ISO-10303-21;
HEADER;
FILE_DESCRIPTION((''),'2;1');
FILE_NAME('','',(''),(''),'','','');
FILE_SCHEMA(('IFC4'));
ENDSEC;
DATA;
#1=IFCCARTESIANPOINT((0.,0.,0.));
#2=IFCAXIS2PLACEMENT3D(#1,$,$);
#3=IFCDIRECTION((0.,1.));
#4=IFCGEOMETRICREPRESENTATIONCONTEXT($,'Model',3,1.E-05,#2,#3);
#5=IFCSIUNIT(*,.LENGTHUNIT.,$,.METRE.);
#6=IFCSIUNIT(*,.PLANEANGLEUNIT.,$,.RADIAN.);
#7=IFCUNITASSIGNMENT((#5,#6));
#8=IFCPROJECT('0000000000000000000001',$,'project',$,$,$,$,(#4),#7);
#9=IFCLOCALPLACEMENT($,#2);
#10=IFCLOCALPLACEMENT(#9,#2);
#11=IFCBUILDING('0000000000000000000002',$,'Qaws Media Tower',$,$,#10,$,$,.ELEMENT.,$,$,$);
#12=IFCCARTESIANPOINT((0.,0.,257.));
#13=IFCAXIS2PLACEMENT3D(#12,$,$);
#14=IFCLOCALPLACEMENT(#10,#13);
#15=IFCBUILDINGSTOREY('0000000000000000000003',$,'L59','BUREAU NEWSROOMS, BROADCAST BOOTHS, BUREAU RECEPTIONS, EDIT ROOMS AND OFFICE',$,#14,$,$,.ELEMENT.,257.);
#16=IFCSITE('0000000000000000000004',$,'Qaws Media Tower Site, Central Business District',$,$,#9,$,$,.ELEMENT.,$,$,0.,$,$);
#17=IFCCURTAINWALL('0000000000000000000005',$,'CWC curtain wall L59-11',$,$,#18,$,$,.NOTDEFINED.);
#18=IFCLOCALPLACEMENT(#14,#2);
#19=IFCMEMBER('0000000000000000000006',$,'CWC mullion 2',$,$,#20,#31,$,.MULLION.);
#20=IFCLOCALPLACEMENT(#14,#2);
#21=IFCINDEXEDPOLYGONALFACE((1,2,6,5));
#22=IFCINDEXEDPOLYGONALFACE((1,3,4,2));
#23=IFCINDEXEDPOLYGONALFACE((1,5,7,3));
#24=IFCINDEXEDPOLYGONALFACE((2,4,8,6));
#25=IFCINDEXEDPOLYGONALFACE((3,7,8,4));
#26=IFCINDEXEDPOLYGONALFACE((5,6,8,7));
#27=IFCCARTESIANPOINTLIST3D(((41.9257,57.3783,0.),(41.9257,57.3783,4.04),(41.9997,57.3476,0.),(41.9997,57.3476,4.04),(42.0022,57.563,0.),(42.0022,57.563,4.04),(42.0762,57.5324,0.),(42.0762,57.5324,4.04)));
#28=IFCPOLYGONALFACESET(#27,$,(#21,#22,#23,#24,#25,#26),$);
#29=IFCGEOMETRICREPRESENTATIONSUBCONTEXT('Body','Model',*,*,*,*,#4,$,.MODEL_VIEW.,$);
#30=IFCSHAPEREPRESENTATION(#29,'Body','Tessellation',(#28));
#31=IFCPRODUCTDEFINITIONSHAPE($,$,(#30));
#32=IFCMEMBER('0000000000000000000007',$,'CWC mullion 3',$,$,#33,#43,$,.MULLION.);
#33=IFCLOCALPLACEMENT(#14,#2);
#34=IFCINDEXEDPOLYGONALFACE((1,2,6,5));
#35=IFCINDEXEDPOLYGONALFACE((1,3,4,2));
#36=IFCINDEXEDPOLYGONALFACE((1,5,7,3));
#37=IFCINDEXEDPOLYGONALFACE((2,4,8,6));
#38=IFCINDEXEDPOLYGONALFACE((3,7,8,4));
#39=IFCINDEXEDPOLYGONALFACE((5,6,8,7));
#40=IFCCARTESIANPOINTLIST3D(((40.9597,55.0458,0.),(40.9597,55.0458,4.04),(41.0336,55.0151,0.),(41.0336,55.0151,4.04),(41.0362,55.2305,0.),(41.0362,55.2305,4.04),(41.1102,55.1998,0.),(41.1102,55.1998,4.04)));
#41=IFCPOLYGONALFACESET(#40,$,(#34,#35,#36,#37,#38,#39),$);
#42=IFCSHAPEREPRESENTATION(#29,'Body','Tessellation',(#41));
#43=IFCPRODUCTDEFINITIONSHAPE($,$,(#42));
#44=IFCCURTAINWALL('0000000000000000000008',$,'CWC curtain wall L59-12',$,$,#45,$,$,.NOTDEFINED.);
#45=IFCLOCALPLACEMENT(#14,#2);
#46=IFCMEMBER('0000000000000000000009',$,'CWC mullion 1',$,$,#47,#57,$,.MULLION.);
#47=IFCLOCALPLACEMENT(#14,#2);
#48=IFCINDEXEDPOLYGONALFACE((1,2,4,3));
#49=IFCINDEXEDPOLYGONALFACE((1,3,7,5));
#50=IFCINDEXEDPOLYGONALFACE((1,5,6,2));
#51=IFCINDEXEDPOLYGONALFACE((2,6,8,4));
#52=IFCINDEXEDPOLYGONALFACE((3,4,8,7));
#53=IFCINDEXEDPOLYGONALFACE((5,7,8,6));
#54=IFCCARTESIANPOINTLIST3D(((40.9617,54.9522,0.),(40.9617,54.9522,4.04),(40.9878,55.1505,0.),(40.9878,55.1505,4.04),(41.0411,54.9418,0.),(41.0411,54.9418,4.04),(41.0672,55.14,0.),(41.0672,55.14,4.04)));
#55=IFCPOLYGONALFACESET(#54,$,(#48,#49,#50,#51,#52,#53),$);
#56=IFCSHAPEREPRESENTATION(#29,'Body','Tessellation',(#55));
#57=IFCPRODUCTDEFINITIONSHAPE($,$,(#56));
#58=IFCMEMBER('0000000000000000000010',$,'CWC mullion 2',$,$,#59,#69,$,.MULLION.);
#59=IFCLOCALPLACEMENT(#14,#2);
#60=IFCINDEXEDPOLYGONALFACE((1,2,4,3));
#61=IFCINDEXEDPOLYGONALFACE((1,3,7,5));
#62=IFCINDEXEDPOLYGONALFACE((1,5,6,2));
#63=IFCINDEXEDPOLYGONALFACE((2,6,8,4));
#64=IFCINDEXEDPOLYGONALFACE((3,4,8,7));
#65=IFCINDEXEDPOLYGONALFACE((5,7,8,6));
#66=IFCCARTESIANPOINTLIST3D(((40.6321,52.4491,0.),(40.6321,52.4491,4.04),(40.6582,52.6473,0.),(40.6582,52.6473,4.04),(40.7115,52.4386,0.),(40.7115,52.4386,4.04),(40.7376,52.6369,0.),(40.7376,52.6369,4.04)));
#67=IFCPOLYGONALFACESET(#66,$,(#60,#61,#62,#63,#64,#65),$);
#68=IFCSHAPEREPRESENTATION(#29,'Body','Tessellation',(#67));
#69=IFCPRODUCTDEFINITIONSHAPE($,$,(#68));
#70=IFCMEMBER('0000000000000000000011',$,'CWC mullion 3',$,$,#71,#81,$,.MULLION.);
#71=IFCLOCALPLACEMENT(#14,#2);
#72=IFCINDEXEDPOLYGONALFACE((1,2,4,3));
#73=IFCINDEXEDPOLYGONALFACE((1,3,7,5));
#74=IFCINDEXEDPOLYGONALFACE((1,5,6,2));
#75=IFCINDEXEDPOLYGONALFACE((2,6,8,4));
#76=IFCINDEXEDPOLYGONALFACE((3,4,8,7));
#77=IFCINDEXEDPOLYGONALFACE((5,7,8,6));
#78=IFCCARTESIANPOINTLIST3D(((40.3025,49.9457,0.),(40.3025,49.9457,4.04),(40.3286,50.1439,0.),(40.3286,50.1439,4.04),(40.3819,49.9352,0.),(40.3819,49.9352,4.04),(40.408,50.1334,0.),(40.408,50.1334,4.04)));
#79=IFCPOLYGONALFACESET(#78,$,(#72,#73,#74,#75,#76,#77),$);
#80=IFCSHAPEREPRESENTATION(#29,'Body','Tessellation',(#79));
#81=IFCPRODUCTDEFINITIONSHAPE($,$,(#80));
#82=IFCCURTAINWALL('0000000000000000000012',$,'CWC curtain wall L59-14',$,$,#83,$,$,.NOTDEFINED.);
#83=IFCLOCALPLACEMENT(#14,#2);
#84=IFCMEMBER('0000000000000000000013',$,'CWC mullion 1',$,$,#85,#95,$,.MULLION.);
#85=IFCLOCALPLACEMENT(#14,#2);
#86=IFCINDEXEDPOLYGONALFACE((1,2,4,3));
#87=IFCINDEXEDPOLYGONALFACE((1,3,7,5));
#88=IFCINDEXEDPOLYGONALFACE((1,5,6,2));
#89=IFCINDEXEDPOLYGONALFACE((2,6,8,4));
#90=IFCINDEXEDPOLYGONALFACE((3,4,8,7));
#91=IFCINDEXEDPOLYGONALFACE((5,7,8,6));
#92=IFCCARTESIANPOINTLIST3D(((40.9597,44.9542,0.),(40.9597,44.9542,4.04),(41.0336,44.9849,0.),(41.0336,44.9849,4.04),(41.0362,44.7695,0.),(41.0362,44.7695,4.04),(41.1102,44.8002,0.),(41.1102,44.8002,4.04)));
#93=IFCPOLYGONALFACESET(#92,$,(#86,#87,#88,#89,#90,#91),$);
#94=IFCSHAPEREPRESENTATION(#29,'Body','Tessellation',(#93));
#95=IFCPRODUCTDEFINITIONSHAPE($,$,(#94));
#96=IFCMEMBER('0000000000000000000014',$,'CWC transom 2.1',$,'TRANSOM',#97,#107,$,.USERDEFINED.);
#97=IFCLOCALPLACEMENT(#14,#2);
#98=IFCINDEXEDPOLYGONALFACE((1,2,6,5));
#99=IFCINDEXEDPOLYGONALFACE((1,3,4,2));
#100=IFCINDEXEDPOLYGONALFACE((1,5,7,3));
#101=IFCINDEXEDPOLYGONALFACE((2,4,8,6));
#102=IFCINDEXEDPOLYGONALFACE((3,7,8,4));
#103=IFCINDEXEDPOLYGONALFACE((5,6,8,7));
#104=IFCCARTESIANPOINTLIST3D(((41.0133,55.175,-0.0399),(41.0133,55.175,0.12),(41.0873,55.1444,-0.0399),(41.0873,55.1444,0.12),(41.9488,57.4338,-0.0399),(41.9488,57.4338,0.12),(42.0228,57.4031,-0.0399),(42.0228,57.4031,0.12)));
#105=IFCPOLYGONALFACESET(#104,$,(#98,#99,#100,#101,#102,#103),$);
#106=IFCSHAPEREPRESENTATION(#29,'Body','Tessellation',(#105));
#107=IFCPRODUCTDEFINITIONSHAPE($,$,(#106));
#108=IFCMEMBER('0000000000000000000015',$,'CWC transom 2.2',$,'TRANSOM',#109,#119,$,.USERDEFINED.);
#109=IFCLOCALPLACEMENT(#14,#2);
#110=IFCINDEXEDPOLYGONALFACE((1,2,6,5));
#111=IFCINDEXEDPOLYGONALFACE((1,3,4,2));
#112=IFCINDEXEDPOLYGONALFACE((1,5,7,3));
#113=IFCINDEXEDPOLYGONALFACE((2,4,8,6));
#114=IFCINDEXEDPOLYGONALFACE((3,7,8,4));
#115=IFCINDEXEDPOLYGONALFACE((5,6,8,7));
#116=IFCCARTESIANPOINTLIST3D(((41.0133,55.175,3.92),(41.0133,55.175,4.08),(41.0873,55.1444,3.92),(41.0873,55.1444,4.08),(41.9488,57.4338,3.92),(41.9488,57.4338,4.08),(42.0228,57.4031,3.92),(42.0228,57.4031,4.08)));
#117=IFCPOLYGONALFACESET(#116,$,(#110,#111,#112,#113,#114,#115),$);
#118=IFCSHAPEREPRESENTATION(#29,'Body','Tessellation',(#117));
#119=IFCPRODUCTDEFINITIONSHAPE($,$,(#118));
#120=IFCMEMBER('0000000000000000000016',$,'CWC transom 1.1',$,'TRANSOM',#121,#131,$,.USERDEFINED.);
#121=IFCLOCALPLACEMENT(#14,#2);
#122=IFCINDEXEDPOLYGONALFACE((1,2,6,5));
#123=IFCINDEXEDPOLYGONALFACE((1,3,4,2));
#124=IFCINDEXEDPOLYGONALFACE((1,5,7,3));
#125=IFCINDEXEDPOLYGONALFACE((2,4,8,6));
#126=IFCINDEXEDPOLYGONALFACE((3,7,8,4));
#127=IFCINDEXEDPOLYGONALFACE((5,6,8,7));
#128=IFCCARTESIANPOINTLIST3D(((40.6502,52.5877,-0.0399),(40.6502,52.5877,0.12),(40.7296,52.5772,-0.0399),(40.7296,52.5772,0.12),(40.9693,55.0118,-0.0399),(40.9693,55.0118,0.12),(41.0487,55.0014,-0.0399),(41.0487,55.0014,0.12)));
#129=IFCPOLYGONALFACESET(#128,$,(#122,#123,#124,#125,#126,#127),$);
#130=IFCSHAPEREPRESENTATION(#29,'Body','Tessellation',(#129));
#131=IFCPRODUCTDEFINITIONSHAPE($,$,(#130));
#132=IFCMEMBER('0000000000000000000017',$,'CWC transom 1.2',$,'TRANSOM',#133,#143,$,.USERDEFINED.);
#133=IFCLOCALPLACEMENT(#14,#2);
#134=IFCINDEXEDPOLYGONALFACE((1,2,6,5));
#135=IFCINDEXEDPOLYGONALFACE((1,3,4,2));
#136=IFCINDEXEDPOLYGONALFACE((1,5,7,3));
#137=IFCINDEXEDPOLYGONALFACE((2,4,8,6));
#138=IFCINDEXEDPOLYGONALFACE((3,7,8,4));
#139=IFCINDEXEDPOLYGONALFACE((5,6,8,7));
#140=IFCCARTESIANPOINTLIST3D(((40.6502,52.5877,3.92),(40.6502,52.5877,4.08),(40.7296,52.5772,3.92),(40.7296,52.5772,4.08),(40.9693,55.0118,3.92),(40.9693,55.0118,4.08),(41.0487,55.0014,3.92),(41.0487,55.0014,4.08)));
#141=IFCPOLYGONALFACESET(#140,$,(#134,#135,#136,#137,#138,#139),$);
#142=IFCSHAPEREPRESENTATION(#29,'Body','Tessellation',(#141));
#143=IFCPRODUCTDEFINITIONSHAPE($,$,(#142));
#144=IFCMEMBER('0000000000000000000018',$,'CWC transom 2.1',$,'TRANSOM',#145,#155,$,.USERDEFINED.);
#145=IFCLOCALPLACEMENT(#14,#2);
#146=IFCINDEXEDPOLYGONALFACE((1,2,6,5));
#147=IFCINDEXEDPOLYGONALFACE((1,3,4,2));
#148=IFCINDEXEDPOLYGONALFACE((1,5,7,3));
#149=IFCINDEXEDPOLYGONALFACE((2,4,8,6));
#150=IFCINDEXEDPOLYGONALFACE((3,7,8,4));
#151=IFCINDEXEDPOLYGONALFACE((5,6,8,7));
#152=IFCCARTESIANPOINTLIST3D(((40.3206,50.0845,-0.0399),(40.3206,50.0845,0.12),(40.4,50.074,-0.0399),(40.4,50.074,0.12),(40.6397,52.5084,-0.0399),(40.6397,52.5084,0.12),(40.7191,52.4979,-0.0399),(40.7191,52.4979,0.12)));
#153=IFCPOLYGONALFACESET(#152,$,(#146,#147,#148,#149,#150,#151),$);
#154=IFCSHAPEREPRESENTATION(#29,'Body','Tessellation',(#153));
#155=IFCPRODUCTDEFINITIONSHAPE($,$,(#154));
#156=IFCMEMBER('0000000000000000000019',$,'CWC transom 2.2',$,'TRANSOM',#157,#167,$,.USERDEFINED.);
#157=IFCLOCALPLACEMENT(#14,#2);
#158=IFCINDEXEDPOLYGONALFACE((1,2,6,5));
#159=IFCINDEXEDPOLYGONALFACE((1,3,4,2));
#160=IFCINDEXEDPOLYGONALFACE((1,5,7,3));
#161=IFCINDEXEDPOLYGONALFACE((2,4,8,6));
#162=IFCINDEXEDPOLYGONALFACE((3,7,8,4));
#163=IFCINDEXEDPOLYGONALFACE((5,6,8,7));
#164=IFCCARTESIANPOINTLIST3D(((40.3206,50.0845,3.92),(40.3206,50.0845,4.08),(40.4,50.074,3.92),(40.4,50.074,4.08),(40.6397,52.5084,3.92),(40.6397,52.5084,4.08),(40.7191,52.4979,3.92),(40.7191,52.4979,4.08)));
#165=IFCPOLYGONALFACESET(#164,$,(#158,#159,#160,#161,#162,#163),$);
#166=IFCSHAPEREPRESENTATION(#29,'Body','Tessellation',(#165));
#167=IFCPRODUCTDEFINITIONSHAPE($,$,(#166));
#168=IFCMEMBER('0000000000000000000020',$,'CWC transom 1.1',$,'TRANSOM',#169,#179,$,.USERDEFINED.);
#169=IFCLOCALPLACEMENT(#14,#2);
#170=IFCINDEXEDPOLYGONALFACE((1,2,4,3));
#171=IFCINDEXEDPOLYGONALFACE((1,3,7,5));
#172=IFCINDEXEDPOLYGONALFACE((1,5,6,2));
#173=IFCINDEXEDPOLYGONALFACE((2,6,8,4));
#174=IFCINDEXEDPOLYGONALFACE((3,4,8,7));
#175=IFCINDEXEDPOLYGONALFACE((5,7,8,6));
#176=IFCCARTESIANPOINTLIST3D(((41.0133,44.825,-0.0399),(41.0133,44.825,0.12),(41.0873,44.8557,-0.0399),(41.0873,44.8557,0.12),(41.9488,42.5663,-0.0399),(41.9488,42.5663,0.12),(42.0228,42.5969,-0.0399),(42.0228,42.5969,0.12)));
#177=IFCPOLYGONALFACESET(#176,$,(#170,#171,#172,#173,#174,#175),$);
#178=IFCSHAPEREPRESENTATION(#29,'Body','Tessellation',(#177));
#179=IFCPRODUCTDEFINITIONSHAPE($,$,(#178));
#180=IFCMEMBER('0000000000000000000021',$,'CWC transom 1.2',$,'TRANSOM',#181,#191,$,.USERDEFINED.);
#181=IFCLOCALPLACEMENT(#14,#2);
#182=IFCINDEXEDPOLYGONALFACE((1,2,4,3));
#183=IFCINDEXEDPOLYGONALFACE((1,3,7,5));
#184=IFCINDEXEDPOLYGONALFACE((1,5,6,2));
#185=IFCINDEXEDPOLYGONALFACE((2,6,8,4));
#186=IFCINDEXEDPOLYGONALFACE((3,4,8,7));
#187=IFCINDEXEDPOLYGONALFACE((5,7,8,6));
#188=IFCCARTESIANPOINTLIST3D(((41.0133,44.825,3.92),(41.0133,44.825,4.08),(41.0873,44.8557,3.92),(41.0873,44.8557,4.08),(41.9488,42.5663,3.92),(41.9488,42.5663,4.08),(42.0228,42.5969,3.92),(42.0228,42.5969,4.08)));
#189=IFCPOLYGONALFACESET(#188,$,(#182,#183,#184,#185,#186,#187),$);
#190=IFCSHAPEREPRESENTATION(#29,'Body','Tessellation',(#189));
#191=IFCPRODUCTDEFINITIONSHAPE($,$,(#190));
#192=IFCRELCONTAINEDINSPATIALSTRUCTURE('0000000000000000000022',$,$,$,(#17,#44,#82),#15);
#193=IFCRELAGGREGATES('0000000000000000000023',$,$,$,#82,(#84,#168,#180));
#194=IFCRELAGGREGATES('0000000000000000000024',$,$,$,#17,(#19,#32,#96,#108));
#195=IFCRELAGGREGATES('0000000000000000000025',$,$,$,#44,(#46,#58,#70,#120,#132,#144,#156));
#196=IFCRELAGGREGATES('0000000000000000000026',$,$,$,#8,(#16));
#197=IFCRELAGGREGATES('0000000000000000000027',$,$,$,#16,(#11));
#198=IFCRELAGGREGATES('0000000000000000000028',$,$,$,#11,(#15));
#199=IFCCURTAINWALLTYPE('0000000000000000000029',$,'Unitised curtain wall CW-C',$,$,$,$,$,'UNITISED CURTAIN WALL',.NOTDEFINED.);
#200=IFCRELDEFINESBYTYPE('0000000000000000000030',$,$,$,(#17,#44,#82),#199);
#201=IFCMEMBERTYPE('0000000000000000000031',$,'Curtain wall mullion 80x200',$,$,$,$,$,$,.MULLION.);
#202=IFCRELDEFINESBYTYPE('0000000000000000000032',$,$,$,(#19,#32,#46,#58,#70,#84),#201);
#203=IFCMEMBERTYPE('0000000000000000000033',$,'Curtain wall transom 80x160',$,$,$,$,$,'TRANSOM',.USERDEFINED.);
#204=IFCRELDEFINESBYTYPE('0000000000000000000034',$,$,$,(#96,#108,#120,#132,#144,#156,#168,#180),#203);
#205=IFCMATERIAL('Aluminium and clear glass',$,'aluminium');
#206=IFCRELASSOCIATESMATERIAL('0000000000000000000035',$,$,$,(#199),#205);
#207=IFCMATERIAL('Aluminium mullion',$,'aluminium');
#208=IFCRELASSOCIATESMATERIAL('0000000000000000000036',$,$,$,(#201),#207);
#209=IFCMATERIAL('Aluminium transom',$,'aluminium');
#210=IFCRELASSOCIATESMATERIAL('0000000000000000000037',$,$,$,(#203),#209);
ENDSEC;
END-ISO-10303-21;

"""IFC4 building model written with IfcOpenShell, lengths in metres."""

from ifc_helpers import new_model, si_unit, direction, frame, origin, origin_2d, place, context, subcontext, project, spatial, rectangle, extrude, material, material_profile, profile_set, type_object, element, aggregate, save


model = new_model("IFC4")

# Units and contexts
model_context = context("Model", 3, precision=1e-05, world=origin(), true_north=direction((0.0, 1.0)))
body_context = subcontext(model_context, "Body", "Model", "MODEL_VIEW")
ifc_project = project(units=[si_unit("LENGTHUNIT", "METRE"), si_unit("PLANEANGLEUNIT", "RADIAN")], contexts=[model_context])

# Site, building, storey
site_placement = place(None, origin())
site = spatial("IfcSite", under=ifc_project, at=site_placement, Name="Qaws Media Tower Site, Central Business District", CompositionType="ELEMENT", RefElevation=0.0)
building_placement = place(site_placement, origin())
building = spatial("IfcBuilding", under=site, at=building_placement, Name="Qaws Media Tower", CompositionType="ELEMENT")
storey_placement = place(building_placement, frame((0.0, 0.0, 257.0)))
storey = spatial("IfcBuildingStorey", under=building, at=storey_placement, Name="L59", Description="BUREAU NEWSROOMS, BROADCAST BOOTHS, BUREAU RECEPTIONS, EDIT ROOMS AND OFFICE", CompositionType="ELEMENT", Elevation=257.0)

# Curtain walls, members
ifc_material_1 = material(Name="Aluminium and clear glass", Category="aluminium")
curtain_wall_type = type_object("IfcCurtainWallType", Name="Unitised curtain wall CW-C", ElementType="UNITISED CURTAIN WALL", PredefinedType="NOTDEFINED", material=ifc_material_1)
curtain_wall_1_placement = place(storey_placement, origin())
curtain_wall_1 = element("IfcCurtainWall", 1, at=curtain_wall_1_placement, inside=storey, type_object=curtain_wall_type, Name="CWC curtain wall L59-11", PredefinedType="NOTDEFINED")
ifc_material_2 = material(Name="Aluminium mullion", Category="aluminium")
ifc_material_profile_1 = material_profile(ifc_material_2, rectangle(XDim=0.0801, YDim=0.2, at=origin_2d()), Name="80x200")
ifc_profile_set_1 = profile_set([ifc_material_profile_1], Name="Aluminium mullion")
member_type_1 = type_object("IfcMemberType", Name="Curtain wall mullion 80x200", PredefinedType="MULLION", material=ifc_profile_set_1)
member_1_placement = place(storey_placement, frame((42.001, 57.4553, 0.0), z_axis=(0.0, 0.0, 1.0), x_axis=(0.92388, -0.382683, 0.0)))
member_1 = element("IfcMember", 2, at=member_1_placement, type_object=member_type_1, Name="CWC mullion 2", PredefinedType="MULLION", context=body_context, shape_type="SweptSolid", body=[
    extrude(rectangle(XDim=0.0801, YDim=0.2, at=origin_2d()), origin(), (0.0, 0.0, 1.0), 4.04),
])
member_2_placement = place(storey_placement, frame((41.0349, 55.1228, 0.0), z_axis=(0.0, 0.0, 1.0), x_axis=(0.92388, -0.382683, 0.0)))
member_2 = element("IfcMember", 3, at=member_2_placement, type_object=member_type_1, Name="CWC mullion 3", PredefinedType="MULLION", context=body_context, shape_type="SweptSolid", body=[
    extrude(rectangle(XDim=0.0801, YDim=0.2, at=origin_2d()), origin(), (0.0, 0.0, 1.0), 4.04),
])
curtain_wall_2_placement = place(storey_placement, origin())
curtain_wall_2 = element("IfcCurtainWall", 4, at=curtain_wall_2_placement, inside=storey, type_object=curtain_wall_type, Name="CWC curtain wall L59-12", PredefinedType="NOTDEFINED")
member_3_placement = place(storey_placement, frame((41.0144, 55.0461, 0.0), z_axis=(0.0, 0.0, 1.0), x_axis=(0.991445, -0.130526, 0.0)))
member_3 = element("IfcMember", 5, at=member_3_placement, type_object=member_type_1, Name="CWC mullion 1", PredefinedType="MULLION", context=body_context, shape_type="SweptSolid", body=[
    extrude(rectangle(XDim=0.0801, YDim=0.2, at=origin_2d()), origin(), (0.0, 0.0, 1.0), 4.04),
])
member_4_placement = place(storey_placement, frame((40.6848, 52.543, 0.0), z_axis=(0.0, 0.0, 1.0), x_axis=(0.991445, -0.130526, 0.0)))
member_4 = element("IfcMember", 6, at=member_4_placement, type_object=member_type_1, Name="CWC mullion 2", PredefinedType="MULLION", context=body_context, shape_type="SweptSolid", body=[
    extrude(rectangle(XDim=0.0801, YDim=0.2, at=origin_2d()), origin(), (0.0, 0.0, 1.0), 4.04),
])
member_5_placement = place(storey_placement, frame((40.3552, 50.0396, 0.0), z_axis=(0.0, 0.0, 1.0), x_axis=(0.991445, -0.130526, 0.0)))
member_5 = element("IfcMember", 7, at=member_5_placement, type_object=member_type_1, Name="CWC mullion 3", PredefinedType="MULLION", context=body_context, shape_type="SweptSolid", body=[
    extrude(rectangle(XDim=0.0801, YDim=0.2, at=origin_2d()), origin(), (0.0, 0.0, 1.0), 4.04),
])

# Curtain wall, member
curtain_wall_3_placement = place(storey_placement, origin())
curtain_wall_3 = element("IfcCurtainWall", 8, at=curtain_wall_3_placement, inside=storey, type_object=curtain_wall_type, Name="CWC curtain wall L59-14", PredefinedType="NOTDEFINED")
member_6_placement = place(storey_placement, frame((41.0349, 44.8772, 0.0), z_axis=(0.0, 0.0, 1.0), x_axis=(0.92388, 0.382683, 0.0)))
member_6 = element("IfcMember", 9, at=member_6_placement, type_object=member_type_1, Name="CWC mullion 1", PredefinedType="MULLION", context=body_context, shape_type="SweptSolid", body=[
    extrude(rectangle(XDim=0.0801, YDim=0.2, at=origin_2d()), origin(), (0.0, 0.0, 1.0), 4.04),
])

# Members
ifc_material_3 = material(Name="Aluminium transom", Category="aluminium")
ifc_material_profile_2 = material_profile(ifc_material_3, rectangle(XDim=0.0801, YDim=0.1599, at=origin_2d()), Name="80x160")
ifc_profile_set_2 = profile_set([ifc_material_profile_2], Name="Aluminium transom")
member_type_2 = type_object("IfcMemberType", Name="Curtain wall transom 80x160", ElementType="TRANSOM", PredefinedType="USERDEFINED", material=ifc_profile_set_2)
member_7_placement = place(storey_placement, frame((41.9858, 57.4185, 0.04), z_axis=(-0.382658, -0.92389, 0.0), x_axis=(0.92389, -0.382658, 0.0)))
member_7 = element("IfcMember", 10, at=member_7_placement, type_object=member_type_2, Name="CWC transom 2.1", ObjectType="TRANSOM", PredefinedType="USERDEFINED", context=body_context, shape_type="SweptSolid", body=[
    extrude(rectangle(XDim=0.0801, YDim=0.1599, at=origin_2d()), origin(), (0.0, 0.0, 1.0), 2.4448),
])
member_8_placement = place(storey_placement, frame((41.9858, 57.4185, 4.0), z_axis=(-0.382658, -0.92389, 0.0), x_axis=(0.92389, -0.382658, 0.0)))
member_8 = element("IfcMember", 11, at=member_8_placement, type_object=member_type_2, Name="CWC transom 2.2", ObjectType="TRANSOM", PredefinedType="USERDEFINED", context=body_context, shape_type="SweptSolid", body=[
    extrude(rectangle(XDim=0.0801, YDim=0.1599, at=origin_2d()), origin(), (0.0, 0.0, 1.0), 2.4448),
])
member_9_placement = place(storey_placement, frame((41.009, 55.0066, 0.04), z_axis=(-0.130509, -0.991447, 0.0), x_axis=(0.991447, -0.130509, 0.0)))
member_9 = element("IfcMember", 12, at=member_9_placement, type_object=member_type_2, Name="CWC transom 1.1", ObjectType="TRANSOM", PredefinedType="USERDEFINED", context=body_context, shape_type="SweptSolid", body=[
    extrude(rectangle(XDim=0.0801, YDim=0.1599, at=origin_2d()), origin(), (0.0, 0.0, 1.0), 2.4451),
])
member_10_placement = place(storey_placement, frame((41.009, 55.0066, 4.0), z_axis=(-0.130509, -0.991447, 0.0), x_axis=(0.991447, -0.130509, 0.0)))
member_10 = element("IfcMember", 13, at=member_10_placement, type_object=member_type_2, Name="CWC transom 1.2", ObjectType="TRANSOM", PredefinedType="USERDEFINED", context=body_context, shape_type="SweptSolid", body=[
    extrude(rectangle(XDim=0.0801, YDim=0.1599, at=origin_2d()), origin(), (0.0, 0.0, 1.0), 2.4451),
])
member_11_placement = place(storey_placement, frame((40.6794, 52.5032, 0.04), z_axis=(-0.130522, -0.991445, 0.0), x_axis=(0.991445, -0.130522, 0.0)))
member_11 = element("IfcMember", 14, at=member_11_placement, type_object=member_type_2, Name="CWC transom 2.1", ObjectType="TRANSOM", PredefinedType="USERDEFINED", context=body_context, shape_type="SweptSolid", body=[
    extrude(rectangle(XDim=0.0801, YDim=0.1599, at=origin_2d()), origin(), (0.0, 0.0, 1.0), 2.4448),
])
member_12_placement = place(storey_placement, frame((40.6794, 52.5032, 4.0), z_axis=(-0.130522, -0.991445, 0.0), x_axis=(0.991445, -0.130522, 0.0)))
member_12 = element("IfcMember", 15, at=member_12_placement, type_object=member_type_2, Name="CWC transom 2.2", ObjectType="TRANSOM", PredefinedType="USERDEFINED", context=body_context, shape_type="SweptSolid", body=[
    extrude(rectangle(XDim=0.0801, YDim=0.1599, at=origin_2d()), origin(), (0.0, 0.0, 1.0), 2.4448),
])
member_13_placement = place(storey_placement, frame((41.0503, 44.8403, 0.04), z_axis=(0.382658, -0.92389, 0.0), x_axis=(0.92389, 0.382658, 0.0)))
member_13 = element("IfcMember", 16, at=member_13_placement, type_object=member_type_2, Name="CWC transom 1.1", ObjectType="TRANSOM", PredefinedType="USERDEFINED", context=body_context, shape_type="SweptSolid", body=[
    extrude(rectangle(XDim=0.0801, YDim=0.1599, at=origin_2d()), origin(), (0.0, 0.0, 1.0), 2.4448),
])
member_14_placement = place(storey_placement, frame((41.0503, 44.8403, 4.0), z_axis=(0.382658, -0.92389, 0.0), x_axis=(0.92389, 0.382658, 0.0)))
member_14 = element("IfcMember", 17, at=member_14_placement, type_object=member_type_2, Name="CWC transom 1.2", ObjectType="TRANSOM", PredefinedType="USERDEFINED", context=body_context, shape_type="SweptSolid", body=[
    extrude(rectangle(XDim=0.0801, YDim=0.1599, at=origin_2d()), origin(), (0.0, 0.0, 1.0), 2.4448),
])
aggregate(curtain_wall_3, [member_6, member_13, member_14])

aggregate(curtain_wall_1, [member_1, member_2, member_7, member_8])
aggregate(curtain_wall_2, [member_3, member_4, member_5, member_9, member_10, member_11, member_12])

save(model, "model.ifc")
